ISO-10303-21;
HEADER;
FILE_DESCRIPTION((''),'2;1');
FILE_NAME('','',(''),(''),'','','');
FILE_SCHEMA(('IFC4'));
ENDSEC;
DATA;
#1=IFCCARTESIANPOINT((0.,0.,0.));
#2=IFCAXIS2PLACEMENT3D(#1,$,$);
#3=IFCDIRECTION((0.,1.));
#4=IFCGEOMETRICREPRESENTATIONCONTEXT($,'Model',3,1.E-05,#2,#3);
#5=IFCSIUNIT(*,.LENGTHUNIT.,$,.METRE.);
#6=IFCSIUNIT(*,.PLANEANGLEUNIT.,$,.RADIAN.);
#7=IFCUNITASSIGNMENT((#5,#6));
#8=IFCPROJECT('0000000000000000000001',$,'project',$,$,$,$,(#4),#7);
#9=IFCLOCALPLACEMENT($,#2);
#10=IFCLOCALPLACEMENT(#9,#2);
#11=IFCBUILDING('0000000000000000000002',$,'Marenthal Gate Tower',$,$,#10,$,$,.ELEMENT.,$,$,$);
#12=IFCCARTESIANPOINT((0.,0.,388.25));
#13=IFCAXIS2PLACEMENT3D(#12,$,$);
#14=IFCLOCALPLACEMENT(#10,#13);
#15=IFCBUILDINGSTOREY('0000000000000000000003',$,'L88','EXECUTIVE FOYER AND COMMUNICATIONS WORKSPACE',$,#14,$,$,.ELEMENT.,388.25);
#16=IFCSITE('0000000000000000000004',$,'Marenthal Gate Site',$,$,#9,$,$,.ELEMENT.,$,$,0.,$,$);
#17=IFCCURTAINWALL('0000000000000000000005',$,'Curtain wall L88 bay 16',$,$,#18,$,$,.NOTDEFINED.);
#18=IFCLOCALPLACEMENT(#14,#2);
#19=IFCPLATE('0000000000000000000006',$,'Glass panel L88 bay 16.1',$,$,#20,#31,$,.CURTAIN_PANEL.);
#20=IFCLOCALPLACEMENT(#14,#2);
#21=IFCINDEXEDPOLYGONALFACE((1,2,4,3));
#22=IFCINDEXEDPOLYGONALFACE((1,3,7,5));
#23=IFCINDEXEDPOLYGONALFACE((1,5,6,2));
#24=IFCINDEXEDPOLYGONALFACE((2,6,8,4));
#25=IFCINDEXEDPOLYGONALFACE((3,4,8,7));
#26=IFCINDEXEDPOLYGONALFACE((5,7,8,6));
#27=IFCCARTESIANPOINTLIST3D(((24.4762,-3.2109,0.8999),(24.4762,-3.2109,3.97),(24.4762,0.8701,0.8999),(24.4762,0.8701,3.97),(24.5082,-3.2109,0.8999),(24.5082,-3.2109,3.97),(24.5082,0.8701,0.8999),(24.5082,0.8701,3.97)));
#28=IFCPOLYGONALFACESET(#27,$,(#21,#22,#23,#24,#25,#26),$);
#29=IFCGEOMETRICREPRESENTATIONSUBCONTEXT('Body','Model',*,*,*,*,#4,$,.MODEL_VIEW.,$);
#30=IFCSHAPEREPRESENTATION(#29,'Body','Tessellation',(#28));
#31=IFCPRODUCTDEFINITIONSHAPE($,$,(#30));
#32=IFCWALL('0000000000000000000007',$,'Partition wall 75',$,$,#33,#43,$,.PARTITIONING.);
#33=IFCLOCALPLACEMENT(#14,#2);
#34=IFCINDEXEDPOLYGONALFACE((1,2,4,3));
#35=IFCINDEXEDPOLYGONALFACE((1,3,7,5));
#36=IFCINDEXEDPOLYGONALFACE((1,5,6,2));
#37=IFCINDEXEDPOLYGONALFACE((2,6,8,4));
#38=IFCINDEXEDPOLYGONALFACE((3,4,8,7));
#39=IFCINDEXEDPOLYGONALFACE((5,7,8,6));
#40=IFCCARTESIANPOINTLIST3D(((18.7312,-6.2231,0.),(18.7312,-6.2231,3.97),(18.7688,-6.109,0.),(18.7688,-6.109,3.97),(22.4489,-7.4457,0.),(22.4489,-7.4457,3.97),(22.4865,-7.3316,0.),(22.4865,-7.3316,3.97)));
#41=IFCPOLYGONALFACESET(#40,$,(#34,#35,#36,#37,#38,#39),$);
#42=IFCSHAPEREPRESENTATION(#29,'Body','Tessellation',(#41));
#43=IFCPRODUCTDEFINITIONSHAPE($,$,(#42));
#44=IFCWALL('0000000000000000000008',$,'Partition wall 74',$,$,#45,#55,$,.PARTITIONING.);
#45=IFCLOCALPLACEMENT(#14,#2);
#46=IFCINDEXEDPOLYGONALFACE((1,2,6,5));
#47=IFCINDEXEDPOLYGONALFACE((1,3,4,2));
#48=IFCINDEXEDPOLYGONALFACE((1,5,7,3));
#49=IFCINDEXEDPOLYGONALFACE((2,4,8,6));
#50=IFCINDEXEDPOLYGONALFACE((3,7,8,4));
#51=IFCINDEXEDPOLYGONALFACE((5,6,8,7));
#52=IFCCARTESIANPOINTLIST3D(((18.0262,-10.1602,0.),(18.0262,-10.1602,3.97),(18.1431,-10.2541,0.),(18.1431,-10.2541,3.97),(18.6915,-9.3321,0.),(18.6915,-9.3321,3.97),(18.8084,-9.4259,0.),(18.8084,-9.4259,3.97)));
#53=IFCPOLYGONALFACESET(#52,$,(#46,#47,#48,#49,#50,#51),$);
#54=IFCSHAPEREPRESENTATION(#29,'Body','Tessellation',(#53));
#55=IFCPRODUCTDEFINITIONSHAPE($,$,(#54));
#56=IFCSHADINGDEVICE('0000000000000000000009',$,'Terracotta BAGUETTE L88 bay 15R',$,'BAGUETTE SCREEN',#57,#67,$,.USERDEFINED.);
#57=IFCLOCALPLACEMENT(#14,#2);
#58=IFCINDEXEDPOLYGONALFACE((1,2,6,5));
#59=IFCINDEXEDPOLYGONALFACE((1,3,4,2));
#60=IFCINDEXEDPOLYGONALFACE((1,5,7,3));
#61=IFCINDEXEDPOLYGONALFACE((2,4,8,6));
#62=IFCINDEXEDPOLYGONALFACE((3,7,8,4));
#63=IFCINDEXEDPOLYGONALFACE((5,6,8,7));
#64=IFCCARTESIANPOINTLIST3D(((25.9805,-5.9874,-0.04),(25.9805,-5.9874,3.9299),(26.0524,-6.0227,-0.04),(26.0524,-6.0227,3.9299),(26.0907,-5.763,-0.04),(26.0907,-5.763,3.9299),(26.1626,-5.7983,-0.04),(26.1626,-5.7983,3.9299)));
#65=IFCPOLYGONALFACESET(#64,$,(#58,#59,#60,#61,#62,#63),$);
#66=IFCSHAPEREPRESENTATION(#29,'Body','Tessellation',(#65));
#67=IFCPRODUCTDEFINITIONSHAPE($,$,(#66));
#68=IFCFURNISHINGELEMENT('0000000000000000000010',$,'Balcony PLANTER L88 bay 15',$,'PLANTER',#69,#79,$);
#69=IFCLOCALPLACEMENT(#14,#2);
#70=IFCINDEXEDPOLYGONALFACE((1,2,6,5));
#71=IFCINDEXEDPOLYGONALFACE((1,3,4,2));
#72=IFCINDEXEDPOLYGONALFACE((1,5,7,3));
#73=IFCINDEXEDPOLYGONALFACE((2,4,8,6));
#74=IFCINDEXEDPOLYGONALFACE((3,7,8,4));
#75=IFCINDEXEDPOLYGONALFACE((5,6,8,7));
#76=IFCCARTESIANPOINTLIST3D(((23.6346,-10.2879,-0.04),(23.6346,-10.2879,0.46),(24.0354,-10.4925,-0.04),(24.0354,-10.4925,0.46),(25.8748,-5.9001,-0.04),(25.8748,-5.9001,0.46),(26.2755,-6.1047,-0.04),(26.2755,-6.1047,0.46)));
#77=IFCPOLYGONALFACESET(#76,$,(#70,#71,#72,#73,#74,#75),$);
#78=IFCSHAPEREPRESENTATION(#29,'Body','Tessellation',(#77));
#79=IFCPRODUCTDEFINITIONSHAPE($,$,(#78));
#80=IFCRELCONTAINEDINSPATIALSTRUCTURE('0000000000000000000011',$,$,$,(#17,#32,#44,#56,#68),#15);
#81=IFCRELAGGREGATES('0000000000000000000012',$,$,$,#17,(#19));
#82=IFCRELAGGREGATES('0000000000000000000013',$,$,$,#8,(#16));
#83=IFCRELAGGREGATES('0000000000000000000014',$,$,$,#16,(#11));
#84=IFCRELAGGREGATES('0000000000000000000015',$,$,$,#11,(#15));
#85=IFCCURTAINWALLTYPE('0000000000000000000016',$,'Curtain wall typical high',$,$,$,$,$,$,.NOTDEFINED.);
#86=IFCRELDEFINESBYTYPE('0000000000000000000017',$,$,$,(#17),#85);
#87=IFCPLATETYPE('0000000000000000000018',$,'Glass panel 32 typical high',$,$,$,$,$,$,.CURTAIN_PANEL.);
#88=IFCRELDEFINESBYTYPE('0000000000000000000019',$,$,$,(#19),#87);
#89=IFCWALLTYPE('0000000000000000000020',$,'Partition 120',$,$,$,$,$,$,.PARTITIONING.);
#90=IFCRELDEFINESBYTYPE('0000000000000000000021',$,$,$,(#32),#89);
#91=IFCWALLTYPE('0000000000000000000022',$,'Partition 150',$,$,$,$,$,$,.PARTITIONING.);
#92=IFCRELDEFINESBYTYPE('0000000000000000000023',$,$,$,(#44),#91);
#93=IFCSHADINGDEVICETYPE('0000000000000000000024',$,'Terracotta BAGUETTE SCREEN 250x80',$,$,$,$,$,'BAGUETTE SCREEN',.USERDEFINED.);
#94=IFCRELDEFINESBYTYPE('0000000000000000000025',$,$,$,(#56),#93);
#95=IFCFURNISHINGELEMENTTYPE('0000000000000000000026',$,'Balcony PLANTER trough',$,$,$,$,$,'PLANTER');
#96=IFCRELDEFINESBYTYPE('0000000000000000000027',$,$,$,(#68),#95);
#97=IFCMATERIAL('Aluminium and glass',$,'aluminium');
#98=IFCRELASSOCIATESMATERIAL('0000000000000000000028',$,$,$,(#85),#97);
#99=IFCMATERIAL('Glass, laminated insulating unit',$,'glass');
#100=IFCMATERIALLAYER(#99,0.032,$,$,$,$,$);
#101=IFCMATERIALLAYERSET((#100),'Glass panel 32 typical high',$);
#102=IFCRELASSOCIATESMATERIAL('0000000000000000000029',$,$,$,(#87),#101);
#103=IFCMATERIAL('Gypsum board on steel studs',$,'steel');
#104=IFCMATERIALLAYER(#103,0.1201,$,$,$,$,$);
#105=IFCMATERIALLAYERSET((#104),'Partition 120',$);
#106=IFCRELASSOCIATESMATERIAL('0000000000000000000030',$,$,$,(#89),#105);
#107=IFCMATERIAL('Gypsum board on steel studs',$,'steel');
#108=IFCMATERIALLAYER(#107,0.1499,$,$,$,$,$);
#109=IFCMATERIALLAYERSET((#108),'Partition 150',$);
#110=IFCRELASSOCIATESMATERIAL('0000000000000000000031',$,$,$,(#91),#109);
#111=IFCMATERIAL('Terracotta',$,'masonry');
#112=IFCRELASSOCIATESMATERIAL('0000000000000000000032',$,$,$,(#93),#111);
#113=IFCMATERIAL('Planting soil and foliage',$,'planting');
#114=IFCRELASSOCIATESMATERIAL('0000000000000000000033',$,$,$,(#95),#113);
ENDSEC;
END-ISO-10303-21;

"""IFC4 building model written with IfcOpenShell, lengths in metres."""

from ifc_helpers import new_model, si_unit, direction, frame, frame_2d, origin, origin_2d, place, context, subcontext, project, spatial, rectangle, extrude, material, layer, layer_set, material_profile, profile_set, type_object, element, aggregate, save


model = new_model("IFC4")

# Units and contexts
model_context = context("Model", 3, precision=1e-05, world=origin(), true_north=direction((0.0, 1.0)))
body_context = subcontext(model_context, "Body", "Model", "MODEL_VIEW")
ifc_project = project(units=[si_unit("LENGTHUNIT", "METRE"), si_unit("PLANEANGLEUNIT", "RADIAN")], contexts=[model_context])

# Site, building, storey
site_placement = place(None, origin())
site = spatial("IfcSite", under=ifc_project, at=site_placement, Name="Marenthal Gate Site", CompositionType="ELEMENT", RefElevation=0.0)
building_placement = place(site_placement, origin())
building = spatial("IfcBuilding", under=site, at=building_placement, Name="Marenthal Gate Tower", CompositionType="ELEMENT")
storey_placement = place(building_placement, frame((0.0, 0.0, 388.25)))
storey = spatial("IfcBuildingStorey", under=building, at=storey_placement, Name="L88", Description="EXECUTIVE FOYER AND COMMUNICATIONS WORKSPACE", CompositionType="ELEMENT", Elevation=388.25)

# Curtain wall
ifc_material_1 = material(Name="Aluminium and glass", Category="aluminium")
curtain_wall_type = type_object("IfcCurtainWallType", Name="Curtain wall typical high", PredefinedType="NOTDEFINED", material=ifc_material_1)
curtain_wall_placement = place(storey_placement, origin())
curtain_wall = element("IfcCurtainWall", 1, at=curtain_wall_placement, inside=storey, type_object=curtain_wall_type, Name="Curtain wall L88 bay 16", PredefinedType="NOTDEFINED")

# Plate
ifc_material_2 = material(Name="Glass, laminated insulating unit", Category="glass")
ifc_layer_1 = layer(ifc_material_2, 0.032)
ifc_layer_set_1 = layer_set([ifc_layer_1], Name="Glass panel 32 typical high")
plate_type = type_object("IfcPlateType", Name="Glass panel 32 typical high", PredefinedType="CURTAIN_PANEL", material=ifc_layer_set_1)
plate_placement = place(storey_placement, frame((24.4922, -1.1704, 0.8999), z_axis=(0.0, 0.0, 1.0), x_axis=(0.0, 1.0, 0.0)))
plate = element("IfcPlate", 2, at=plate_placement, type_object=plate_type, Name="Glass panel L88 bay 16.1", PredefinedType="CURTAIN_PANEL", context=body_context, shape_type="SweptSolid", body=[
    extrude(rectangle(XDim=4.0811, YDim=0.032, at=origin_2d()), origin(), (0.0, 0.0, 1.0), 3.0701),
])
aggregate(curtain_wall, [plate])

# Walls
ifc_material_3 = material(Name="Gypsum board on steel studs", Category="steel")
ifc_layer_2 = layer(ifc_material_3, 0.1201)
ifc_layer_set_2 = layer_set([ifc_layer_2], Name="Partition 120")
wall_type_1 = type_object("IfcWallType", Name="Partition 120", PredefinedType="PARTITIONING", material=ifc_layer_set_2)
wall_1_placement = place(storey_placement, frame((18.75, -6.166, 0.0), z_axis=(0.0, 0.0, 1.0), x_axis=(0.949948, -0.312407, 0.0)))
element("IfcWall", 3, at=wall_1_placement, inside=storey, type_object=wall_type_1, Name="Partition wall 75", PredefinedType="PARTITIONING", context=body_context, shape_type="SweptSolid", body=[
    extrude(rectangle(XDim=3.9136, YDim=0.1201, at=frame_2d((1.9568, 0.0))), origin(), (0.0, 0.0, 1.0), 3.97),
])
ifc_material_4 = material(Name="Gypsum board on steel studs", Category="steel")
ifc_layer_3 = layer(ifc_material_4, 0.1499)
ifc_layer_set_3 = layer_set([ifc_layer_3], Name="Partition 150")
wall_type_2 = type_object("IfcWallType", Name="Partition 150", PredefinedType="PARTITIONING", material=ifc_layer_set_3)
wall_2_placement = place(storey_placement, frame((18.75, -9.3789, 0.0), z_axis=(0.0, 0.0, 1.0), x_axis=(-0.626291, -0.779589, 0.0)))
element("IfcWall", 4, at=wall_2_placement, inside=storey, type_object=wall_type_2, Name="Partition wall 74", PredefinedType="PARTITIONING", context=body_context, shape_type="SweptSolid", body=[
    extrude(rectangle(XDim=1.0623, YDim=0.1499, at=frame_2d((0.5312, 0.0))), origin(), (0.0, 0.0, 1.0), 3.97),
])

# Shading device
ifc_material_5 = material(Name="Terracotta", Category="masonry")
ifc_material_profile_1 = material_profile(ifc_material_5, rectangle(XDim=0.25, YDim=0.0801, at=origin_2d()), Name="Terracotta baguette 250x80")
ifc_profile_set_1 = profile_set([ifc_material_profile_1], Name="Terracotta")
shading_device_type = type_object("IfcShadingDeviceType", Name="Terracotta BAGUETTE SCREEN 250x80", ElementType="BAGUETTE SCREEN", PredefinedType="USERDEFINED", material=ifc_profile_set_1)
shading_device_placement = place(storey_placement, frame((26.0715, -5.8928, -0.04), z_axis=(0.0, 0.0, 1.0), x_axis=(0.44081, 0.8976, 0.0)))
element("IfcShadingDevice", 5, at=shading_device_placement, inside=storey, type_object=shading_device_type, Name="Terracotta BAGUETTE L88 bay 15R", ObjectType="BAGUETTE SCREEN", PredefinedType="USERDEFINED", context=body_context, shape_type="SweptSolid", body=[
    extrude(rectangle(XDim=0.25, YDim=0.0801, at=origin_2d()), origin(), (0.0, 0.0, 1.0), 3.97),
])

# Furnishing element
ifc_material_6 = material(Name="Planting soil and foliage", Category="planting")
furnishing_element_type = type_object("IfcFurnishingElementType", Name="Balcony PLANTER trough", ElementType="PLANTER", material=ifc_material_6)
furnishing_placement = place(storey_placement, frame((24.9551, -8.1963, -0.04), z_axis=(0.0, 0.0, 1.0), x_axis=(0.454706, 0.890642, 0.0)))
element("IfcFurnishingElement", 6, at=furnishing_placement, inside=storey, type_object=furnishing_element_type, Name="Balcony PLANTER L88 bay 15", ObjectType="PLANTER", context=body_context, shape_type="SweptSolid", body=[
    extrude(rectangle(XDim=4.9265, YDim=0.45, at=origin_2d()), origin(), (0.0, 0.0, 1.0), 0.5),
])

save(model, "model.ifc")
